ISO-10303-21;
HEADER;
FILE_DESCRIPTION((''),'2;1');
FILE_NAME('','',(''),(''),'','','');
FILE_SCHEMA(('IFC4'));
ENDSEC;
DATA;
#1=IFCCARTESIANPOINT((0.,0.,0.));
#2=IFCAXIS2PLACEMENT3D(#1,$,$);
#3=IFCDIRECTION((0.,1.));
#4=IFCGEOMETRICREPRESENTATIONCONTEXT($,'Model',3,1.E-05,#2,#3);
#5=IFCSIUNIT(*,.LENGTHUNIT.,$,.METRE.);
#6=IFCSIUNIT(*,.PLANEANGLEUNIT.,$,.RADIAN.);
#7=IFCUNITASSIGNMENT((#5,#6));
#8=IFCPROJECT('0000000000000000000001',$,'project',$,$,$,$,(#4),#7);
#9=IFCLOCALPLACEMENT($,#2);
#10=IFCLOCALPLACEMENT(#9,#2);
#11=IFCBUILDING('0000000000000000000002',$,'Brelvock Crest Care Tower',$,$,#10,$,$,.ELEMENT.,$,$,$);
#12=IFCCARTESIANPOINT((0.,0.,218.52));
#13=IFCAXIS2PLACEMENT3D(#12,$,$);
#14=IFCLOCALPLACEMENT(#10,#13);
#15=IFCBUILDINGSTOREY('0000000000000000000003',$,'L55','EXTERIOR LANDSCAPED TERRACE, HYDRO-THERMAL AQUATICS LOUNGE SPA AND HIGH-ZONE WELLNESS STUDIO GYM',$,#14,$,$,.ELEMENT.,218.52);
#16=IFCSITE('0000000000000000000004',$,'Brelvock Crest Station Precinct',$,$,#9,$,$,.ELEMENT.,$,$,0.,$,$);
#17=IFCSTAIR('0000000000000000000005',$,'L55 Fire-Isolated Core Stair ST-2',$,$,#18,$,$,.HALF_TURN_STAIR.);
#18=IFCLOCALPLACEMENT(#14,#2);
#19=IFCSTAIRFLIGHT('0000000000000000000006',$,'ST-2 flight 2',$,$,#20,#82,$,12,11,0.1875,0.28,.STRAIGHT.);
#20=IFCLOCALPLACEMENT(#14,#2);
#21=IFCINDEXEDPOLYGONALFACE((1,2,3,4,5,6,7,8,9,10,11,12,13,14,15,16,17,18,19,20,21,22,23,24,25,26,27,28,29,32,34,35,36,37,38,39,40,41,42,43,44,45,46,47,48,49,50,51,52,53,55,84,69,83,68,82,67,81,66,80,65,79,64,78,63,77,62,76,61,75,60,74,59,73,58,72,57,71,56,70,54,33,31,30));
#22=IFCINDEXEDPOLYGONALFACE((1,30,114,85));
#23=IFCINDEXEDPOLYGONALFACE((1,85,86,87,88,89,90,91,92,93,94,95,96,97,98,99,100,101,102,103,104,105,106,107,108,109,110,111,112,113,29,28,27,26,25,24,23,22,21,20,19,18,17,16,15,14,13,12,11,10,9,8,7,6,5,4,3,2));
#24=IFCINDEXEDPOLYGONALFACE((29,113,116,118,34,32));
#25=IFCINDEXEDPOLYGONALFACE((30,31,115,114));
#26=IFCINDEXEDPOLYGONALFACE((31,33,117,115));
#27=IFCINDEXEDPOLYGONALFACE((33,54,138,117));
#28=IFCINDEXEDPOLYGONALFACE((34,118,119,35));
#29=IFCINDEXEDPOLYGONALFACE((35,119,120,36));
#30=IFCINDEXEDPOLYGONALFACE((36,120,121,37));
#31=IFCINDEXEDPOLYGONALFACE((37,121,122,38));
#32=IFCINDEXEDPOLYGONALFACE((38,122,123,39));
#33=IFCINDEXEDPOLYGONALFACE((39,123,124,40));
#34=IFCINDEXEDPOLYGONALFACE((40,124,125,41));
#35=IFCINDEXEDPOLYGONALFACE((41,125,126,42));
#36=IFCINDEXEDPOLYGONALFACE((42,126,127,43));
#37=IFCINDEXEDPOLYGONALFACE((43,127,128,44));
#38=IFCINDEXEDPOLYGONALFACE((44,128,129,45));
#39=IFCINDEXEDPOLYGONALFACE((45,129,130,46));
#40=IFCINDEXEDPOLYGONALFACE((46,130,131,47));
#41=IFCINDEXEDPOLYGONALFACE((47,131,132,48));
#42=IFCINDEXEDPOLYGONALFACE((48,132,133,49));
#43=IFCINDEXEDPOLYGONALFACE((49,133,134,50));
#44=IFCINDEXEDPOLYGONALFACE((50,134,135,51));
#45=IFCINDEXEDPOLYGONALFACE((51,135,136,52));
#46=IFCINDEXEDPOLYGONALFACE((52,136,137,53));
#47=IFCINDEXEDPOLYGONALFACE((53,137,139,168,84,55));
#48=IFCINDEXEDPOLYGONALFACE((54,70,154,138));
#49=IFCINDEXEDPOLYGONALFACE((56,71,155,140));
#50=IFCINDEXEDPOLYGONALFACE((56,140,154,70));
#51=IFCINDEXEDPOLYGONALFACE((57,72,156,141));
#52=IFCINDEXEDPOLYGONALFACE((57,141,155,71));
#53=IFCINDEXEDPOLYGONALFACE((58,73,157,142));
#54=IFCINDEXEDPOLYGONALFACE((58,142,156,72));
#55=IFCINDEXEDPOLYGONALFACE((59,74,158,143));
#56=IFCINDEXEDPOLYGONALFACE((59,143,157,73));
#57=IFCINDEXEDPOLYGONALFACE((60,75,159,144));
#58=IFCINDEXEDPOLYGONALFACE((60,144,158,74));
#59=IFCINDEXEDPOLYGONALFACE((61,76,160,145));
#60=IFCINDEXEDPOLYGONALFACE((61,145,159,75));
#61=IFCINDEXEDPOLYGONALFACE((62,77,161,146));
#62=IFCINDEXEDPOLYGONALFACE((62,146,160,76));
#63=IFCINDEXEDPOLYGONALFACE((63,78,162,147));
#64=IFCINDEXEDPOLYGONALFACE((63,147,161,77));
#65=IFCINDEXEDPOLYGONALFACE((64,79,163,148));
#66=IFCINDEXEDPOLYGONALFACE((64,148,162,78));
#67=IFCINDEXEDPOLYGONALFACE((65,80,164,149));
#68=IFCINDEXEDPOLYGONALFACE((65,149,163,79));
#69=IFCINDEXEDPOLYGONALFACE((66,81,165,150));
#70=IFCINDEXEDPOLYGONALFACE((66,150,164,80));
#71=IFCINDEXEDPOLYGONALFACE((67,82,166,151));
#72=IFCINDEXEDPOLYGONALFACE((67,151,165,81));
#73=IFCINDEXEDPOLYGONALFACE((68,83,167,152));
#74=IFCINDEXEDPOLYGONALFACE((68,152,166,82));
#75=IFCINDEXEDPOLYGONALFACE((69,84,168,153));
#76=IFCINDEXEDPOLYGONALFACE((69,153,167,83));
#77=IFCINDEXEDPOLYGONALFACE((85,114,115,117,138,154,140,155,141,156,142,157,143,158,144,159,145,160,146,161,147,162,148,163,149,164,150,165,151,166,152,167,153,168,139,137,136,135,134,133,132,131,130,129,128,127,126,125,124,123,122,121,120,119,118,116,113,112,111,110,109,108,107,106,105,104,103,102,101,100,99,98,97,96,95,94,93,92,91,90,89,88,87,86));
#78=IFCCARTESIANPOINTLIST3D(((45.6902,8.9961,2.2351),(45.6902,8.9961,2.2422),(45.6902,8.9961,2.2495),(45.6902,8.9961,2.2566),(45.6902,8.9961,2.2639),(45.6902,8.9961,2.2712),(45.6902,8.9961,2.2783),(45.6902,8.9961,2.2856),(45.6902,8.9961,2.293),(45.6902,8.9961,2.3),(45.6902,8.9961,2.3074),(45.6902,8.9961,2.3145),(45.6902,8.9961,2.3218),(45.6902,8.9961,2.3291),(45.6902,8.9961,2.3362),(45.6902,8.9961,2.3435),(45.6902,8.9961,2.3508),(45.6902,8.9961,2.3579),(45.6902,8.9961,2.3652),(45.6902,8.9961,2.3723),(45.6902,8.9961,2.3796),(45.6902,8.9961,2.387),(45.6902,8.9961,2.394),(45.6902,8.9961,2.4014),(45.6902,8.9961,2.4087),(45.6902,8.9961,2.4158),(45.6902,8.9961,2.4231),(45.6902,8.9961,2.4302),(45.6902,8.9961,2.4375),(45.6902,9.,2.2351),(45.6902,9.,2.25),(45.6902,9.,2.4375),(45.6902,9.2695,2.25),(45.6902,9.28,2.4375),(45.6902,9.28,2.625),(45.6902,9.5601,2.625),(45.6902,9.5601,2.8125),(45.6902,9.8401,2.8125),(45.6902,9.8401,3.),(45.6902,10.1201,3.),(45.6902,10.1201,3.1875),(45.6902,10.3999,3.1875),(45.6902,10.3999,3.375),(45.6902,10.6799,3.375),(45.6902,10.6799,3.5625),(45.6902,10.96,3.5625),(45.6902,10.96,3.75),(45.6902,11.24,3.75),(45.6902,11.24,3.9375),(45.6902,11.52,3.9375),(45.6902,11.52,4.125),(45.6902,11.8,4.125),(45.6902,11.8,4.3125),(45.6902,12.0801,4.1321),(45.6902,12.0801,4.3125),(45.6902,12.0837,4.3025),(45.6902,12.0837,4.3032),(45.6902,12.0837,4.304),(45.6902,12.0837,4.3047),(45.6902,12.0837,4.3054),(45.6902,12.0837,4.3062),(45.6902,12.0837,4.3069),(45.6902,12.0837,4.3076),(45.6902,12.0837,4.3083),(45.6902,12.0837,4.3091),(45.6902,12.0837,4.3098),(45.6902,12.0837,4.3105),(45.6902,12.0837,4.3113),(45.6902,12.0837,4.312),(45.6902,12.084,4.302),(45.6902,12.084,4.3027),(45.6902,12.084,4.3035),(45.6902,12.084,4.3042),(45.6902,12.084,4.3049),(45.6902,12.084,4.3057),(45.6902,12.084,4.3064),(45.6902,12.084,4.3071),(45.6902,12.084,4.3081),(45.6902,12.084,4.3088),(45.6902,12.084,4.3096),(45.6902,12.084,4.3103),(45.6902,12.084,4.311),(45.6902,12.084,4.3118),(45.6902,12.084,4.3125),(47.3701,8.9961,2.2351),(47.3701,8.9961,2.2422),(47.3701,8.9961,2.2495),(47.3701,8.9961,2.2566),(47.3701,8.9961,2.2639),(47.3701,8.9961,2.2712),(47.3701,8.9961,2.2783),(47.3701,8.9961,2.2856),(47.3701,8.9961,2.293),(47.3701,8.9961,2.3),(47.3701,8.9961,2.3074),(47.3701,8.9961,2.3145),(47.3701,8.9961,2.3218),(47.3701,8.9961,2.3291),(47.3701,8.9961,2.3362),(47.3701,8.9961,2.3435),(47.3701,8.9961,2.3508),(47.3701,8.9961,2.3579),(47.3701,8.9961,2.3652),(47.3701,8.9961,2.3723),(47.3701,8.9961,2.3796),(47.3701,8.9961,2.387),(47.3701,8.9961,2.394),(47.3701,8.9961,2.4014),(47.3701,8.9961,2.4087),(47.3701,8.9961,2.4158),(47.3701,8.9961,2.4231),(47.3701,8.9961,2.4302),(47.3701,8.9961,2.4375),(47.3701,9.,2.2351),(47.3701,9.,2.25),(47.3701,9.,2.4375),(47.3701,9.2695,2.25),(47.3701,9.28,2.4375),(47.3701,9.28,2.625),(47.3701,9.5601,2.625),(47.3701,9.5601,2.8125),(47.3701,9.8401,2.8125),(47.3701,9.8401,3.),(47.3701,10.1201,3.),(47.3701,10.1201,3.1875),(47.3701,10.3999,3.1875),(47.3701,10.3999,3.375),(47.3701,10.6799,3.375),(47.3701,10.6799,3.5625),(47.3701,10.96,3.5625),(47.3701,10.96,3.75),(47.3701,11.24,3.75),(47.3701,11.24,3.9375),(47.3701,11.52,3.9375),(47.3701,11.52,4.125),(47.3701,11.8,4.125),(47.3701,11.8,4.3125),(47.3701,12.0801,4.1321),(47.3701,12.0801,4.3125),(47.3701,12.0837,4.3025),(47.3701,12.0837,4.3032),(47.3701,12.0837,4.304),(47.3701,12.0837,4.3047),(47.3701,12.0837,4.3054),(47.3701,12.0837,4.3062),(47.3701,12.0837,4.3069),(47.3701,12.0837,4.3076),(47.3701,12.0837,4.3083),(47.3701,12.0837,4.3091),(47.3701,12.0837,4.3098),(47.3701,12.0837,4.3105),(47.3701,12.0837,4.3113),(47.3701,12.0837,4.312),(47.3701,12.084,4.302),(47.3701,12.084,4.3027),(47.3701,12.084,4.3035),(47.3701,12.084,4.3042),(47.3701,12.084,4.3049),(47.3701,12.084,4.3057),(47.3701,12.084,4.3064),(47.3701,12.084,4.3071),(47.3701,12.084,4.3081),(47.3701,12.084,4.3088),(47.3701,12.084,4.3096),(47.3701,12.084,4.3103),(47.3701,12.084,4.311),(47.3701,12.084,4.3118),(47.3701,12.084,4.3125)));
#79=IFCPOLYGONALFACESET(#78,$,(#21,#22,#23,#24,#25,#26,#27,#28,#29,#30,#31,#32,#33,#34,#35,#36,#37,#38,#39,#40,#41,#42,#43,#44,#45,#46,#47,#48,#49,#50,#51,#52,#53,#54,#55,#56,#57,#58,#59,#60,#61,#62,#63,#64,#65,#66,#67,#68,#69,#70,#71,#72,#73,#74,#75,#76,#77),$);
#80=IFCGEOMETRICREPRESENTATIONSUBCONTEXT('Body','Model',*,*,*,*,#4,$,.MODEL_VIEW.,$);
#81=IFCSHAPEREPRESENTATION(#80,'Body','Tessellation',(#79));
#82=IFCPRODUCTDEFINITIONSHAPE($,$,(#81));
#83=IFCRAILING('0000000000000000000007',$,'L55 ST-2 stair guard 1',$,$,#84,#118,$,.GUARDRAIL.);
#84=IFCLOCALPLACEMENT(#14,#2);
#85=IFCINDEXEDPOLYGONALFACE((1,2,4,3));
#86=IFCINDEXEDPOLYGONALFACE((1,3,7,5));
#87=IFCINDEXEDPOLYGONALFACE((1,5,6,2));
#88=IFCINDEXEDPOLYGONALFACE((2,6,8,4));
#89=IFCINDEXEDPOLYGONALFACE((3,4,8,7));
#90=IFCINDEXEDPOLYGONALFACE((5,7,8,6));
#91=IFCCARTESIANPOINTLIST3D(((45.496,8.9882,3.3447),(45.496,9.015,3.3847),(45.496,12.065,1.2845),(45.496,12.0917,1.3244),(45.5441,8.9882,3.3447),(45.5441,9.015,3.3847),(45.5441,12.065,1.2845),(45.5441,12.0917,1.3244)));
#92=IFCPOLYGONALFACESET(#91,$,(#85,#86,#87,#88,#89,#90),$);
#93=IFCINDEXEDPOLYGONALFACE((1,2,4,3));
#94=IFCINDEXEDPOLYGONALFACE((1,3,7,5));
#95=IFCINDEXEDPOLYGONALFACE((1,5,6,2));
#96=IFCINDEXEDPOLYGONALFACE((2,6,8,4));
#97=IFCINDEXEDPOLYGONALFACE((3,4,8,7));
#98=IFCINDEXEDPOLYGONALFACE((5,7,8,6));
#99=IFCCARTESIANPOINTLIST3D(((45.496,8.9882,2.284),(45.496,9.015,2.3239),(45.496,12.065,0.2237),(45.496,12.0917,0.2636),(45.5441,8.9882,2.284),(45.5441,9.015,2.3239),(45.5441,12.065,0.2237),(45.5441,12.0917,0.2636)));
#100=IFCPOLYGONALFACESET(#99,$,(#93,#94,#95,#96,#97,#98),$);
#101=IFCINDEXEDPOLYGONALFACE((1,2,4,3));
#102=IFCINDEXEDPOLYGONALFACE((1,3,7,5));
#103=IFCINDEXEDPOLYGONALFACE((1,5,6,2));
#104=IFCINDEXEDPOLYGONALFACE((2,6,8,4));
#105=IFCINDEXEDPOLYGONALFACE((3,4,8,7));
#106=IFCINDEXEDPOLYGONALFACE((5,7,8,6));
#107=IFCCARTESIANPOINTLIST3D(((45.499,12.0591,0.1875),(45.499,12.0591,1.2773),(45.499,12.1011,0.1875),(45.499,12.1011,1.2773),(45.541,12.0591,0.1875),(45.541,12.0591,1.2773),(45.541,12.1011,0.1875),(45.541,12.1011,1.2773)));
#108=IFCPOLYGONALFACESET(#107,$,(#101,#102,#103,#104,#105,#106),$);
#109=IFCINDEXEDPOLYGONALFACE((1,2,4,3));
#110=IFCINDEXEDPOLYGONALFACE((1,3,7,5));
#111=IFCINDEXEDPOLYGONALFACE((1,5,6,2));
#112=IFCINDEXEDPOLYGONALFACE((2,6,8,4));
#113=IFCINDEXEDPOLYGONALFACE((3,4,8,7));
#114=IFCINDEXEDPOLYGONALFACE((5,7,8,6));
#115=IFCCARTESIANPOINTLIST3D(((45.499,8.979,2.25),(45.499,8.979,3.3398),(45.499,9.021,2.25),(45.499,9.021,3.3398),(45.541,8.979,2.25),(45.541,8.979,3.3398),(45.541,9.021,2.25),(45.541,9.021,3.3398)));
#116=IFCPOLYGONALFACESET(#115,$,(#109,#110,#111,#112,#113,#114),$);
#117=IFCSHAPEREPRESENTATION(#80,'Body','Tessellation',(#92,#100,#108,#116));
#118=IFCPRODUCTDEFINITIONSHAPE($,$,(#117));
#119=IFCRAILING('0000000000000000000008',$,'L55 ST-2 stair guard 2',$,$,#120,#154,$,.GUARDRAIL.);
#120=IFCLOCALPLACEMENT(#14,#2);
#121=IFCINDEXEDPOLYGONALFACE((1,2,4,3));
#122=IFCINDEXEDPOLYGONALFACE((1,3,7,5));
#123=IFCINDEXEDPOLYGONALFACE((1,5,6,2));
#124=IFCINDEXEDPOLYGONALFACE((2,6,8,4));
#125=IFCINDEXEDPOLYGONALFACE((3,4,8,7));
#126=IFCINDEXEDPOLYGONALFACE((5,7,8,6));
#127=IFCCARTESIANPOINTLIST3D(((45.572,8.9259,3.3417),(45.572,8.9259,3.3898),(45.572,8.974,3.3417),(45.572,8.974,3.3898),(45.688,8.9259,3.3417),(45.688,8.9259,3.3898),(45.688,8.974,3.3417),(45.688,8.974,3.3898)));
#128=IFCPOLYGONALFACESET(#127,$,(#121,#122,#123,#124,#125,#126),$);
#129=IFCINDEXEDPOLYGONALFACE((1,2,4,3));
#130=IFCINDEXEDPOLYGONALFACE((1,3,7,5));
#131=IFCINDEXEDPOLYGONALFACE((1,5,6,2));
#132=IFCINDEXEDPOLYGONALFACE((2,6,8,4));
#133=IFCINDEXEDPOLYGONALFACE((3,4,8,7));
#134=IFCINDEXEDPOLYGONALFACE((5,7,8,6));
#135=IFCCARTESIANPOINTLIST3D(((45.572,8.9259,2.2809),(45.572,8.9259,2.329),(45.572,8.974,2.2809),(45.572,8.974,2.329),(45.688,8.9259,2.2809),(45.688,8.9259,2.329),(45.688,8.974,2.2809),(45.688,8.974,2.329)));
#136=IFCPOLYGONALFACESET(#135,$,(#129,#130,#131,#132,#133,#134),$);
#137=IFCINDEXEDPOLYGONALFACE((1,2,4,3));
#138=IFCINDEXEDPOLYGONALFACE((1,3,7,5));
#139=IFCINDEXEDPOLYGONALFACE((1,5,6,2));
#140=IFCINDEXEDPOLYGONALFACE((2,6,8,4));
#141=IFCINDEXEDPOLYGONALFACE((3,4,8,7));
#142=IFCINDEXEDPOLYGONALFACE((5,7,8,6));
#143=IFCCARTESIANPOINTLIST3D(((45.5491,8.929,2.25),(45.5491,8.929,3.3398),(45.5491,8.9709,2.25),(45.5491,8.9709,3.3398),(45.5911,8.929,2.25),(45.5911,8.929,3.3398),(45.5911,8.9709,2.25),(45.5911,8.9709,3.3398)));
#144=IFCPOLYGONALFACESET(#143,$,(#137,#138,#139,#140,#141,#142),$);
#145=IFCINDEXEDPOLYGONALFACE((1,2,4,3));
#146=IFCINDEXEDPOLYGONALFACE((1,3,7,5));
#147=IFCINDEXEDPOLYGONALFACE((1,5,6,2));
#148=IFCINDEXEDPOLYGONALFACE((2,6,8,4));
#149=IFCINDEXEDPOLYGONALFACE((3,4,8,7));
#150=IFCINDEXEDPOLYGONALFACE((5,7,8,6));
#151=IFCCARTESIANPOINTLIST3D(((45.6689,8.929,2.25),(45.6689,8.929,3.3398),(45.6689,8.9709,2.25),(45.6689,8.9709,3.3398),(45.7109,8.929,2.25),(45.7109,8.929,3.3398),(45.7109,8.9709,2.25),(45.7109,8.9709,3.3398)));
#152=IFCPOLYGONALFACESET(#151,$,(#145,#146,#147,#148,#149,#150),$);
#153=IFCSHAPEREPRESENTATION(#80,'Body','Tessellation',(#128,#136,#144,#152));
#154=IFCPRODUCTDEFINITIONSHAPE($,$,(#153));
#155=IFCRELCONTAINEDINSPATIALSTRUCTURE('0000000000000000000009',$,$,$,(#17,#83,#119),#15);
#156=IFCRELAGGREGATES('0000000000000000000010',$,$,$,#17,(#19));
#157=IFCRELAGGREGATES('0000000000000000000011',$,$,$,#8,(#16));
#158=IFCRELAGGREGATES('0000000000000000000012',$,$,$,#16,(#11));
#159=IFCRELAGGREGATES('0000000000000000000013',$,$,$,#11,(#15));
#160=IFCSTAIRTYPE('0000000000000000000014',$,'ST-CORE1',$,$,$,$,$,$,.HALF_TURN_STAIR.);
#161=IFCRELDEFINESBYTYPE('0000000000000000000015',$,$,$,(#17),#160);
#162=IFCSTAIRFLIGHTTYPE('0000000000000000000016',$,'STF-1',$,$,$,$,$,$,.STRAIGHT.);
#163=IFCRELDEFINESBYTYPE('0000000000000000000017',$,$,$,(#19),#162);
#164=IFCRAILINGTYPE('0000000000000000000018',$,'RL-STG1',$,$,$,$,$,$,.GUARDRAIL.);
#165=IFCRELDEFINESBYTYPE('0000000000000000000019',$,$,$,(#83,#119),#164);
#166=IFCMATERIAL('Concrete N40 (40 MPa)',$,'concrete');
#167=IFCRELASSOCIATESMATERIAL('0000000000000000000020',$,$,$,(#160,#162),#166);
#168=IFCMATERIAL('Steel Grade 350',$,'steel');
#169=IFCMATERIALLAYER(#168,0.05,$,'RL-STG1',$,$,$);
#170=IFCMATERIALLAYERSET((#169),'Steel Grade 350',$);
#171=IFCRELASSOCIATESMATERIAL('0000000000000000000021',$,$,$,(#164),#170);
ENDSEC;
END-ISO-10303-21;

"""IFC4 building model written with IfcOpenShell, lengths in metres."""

from ifc_helpers import new_model, si_unit, direction, frame, origin, origin_2d, place, context, subcontext, project, spatial, polyline, rectangle, outline, extrude, material, layer, layer_set, type_object, element, aggregate, save


model = new_model("IFC4")

# Units and contexts
model_context = context("Model", 3, precision=1e-05, world=origin(), true_north=direction((0.0, 1.0)))
body_context = subcontext(model_context, "Body", "Model", "MODEL_VIEW")
ifc_project = project(units=[si_unit("LENGTHUNIT", "METRE"), si_unit("PLANEANGLEUNIT", "RADIAN")], contexts=[model_context])

# Site, building, storey
site_placement = place(None, origin())
site = spatial("IfcSite", under=ifc_project, at=site_placement, Name="Brelvock Crest Station Precinct", CompositionType="ELEMENT", RefElevation=0.0)
building_placement = place(site_placement, origin())
building = spatial("IfcBuilding", under=site, at=building_placement, Name="Brelvock Crest Care Tower", CompositionType="ELEMENT")
storey_placement = place(building_placement, frame((0.0, 0.0, 218.52)))
storey = spatial("IfcBuildingStorey", under=building, at=storey_placement, Name="L55", Description="EXTERIOR LANDSCAPED TERRACE, HYDRO-THERMAL AQUATICS LOUNGE SPA AND HIGH-ZONE WELLNESS STUDIO GYM", CompositionType="ELEMENT", Elevation=218.52)

# Shared definitions
ifc_material_1 = material(Name="Steel Grade 350", Category="steel")

# Stair, stair flight
ifc_material_2 = material(Name="Concrete N40 (40 MPa)", Category="concrete")
stair_type = type_object("IfcStairType", Name="ST-CORE1", PredefinedType="HALF_TURN_STAIR", material=ifc_material_2)
stair_placement = place(storey_placement, origin())
stair = element("IfcStair", 1, at=stair_placement, inside=storey, type_object=stair_type, Name="L55 Fire-Isolated Core Stair ST-2", PredefinedType="HALF_TURN_STAIR")
stair_flight_type = type_object("IfcStairFlightType", Name="STF-1", PredefinedType="STRAIGHT", material=ifc_material_2)
stair_flight_1_placement = place(storey_placement, frame((46.53, 9.0, 2.25), z_axis=(0.0, 0.0, 1.0), x_axis=(0.0, 1.0, 0.0)))
stair_flight_1 = element("IfcStairFlight", 2, at=stair_flight_1_placement, type_object=stair_flight_type, Name="ST-2 flight 2", NumberOfRisers=12, NumberOfTreads=11, PredefinedType="STRAIGHT", RiserHeight=0.1875, TreadLength=0.28, context=body_context, shape_type="SweptSolid", body=[
    extrude(outline(polyline([(-0.0039, -0.0149), (-0.0039, -0.0078), (-0.0039, -0.0005), (-0.0039, 0.0066), (-0.0039, 0.0139), (-0.0039, 0.0212), (-0.0039, 0.0283), (-0.0039, 0.0356), (-0.0039, 0.043), (-0.0039, 0.05), (-0.0039, 0.0574), (-0.0039, 0.0645), (-0.0039, 0.0718), (-0.0039, 0.0791), (-0.0039, 0.0862), (-0.0039, 0.0935), (-0.0039, 0.1008), (-0.0039, 0.1079), (-0.0039, 0.1152), (-0.0039, 0.1223), (-0.0039, 0.1296), (-0.0039, 0.137), (-0.0039, 0.144), (-0.0039, 0.1514), (-0.0039, 0.1587), (-0.0039, 0.1658), (-0.0039, 0.1731), (-0.0039, 0.1802), (-0.0039, 0.1875), (0.0, 0.1875), (0.28, 0.1875), (0.28, 0.375), (0.5601, 0.375), (0.5601, 0.5625), (0.8401, 0.5625), (0.8401, 0.75), (1.1201, 0.75), (1.1201, 0.9375), (1.3999, 0.9375), (1.3999, 1.125), (1.6799, 1.125), (1.6799, 1.3125), (1.96, 1.3125), (1.96, 1.5), (2.24, 1.5), (2.24, 1.6875), (2.52, 1.6875), (2.52, 1.875), (2.8, 1.875), (2.8, 2.0625), (3.0801, 2.0625), (3.084, 2.0625), (3.0837, 2.062), (3.084, 2.0618), (3.0837, 2.0613), (3.084, 2.061), (3.0837, 2.0605), (3.084, 2.0603), (3.0837, 2.0598), (3.084, 2.0596), (3.0837, 2.0591), (3.084, 2.0588), (3.0837, 2.0583), (3.084, 2.0581), (3.0837, 2.0576), (3.084, 2.0571), (3.0837, 2.0569), (3.084, 2.0564), (3.0837, 2.0562), (3.084, 2.0557), (3.0837, 2.0554), (3.084, 2.0549), (3.0837, 2.0547), (3.084, 2.0542), (3.0837, 2.054), (3.084, 2.0535), (3.0837, 2.0532), (3.084, 2.0527), (3.0837, 2.0525), (3.084, 2.052), (3.0801, 1.8821), (0.2695, 0.0), (0.0, 0.0), (0.0, -0.0149), (-0.0039, -0.0149)])), frame((0.0, 0.8398, 0.0), z_axis=(0.0, -1.0, 0.0), x_axis=(1.0, 0.0, 0.0)), (0.0, 0.0, 1.0), 1.6799),
])
aggregate(stair, [stair_flight_1])

# Railings
ifc_layer_1 = layer(ifc_material_1, 0.05, Name="RL-STG1")
ifc_layer_set_1 = layer_set([ifc_layer_1], Name="Steel Grade 350")
railing_type_1 = type_object("IfcRailingType", Name="RL-STG1", PredefinedType="GUARDRAIL", material=ifc_layer_set_1)
railing_1_placement = place(storey_placement, frame((45.52, 12.0801, 0.1875)))
element("IfcRailing", 3, at=railing_1_placement, inside=storey, type_object=railing_type_1, Name="L55 ST-2 stair guard 1", PredefinedType="GUARDRAIL", context=body_context, shape_type="SweptSolid", body=[
    extrude(rectangle(XDim=0.0481, YDim=0.0481, at=origin_2d()), frame((0.0, -0.0017, 1.1169), z_axis=(0.0, -0.830914, 0.556401), x_axis=(1.0, 0.0, 0.0)), (0.0, 0.0, 1.0), 3.7029),
    extrude(rectangle(XDim=0.0481, YDim=0.0481, at=origin_2d()), frame((0.0, -0.0017, 0.0562), z_axis=(0.0, -0.830914, 0.556401), x_axis=(1.0, 0.0, 0.0)), (0.0, 0.0, 1.0), 3.7029),
    extrude(rectangle(XDim=0.042, YDim=0.042, at=origin_2d()), origin(), (0.0, 0.0, 1.0), 1.0898),
    extrude(rectangle(XDim=0.042, YDim=0.042, at=origin_2d()), frame((0.0, -3.0801, 2.0625)), (0.0, 0.0, 1.0), 1.0898),
])
railing_2_placement = place(storey_placement, frame((45.5701, 8.95, 2.25)))
element("IfcRailing", 4, at=railing_2_placement, inside=storey, type_object=railing_type_1, Name="L55 ST-2 stair guard 2", PredefinedType="GUARDRAIL", context=body_context, shape_type="SweptSolid", body=[
    extrude(rectangle(XDim=0.0481, YDim=0.0481, at=origin_2d()), frame((0.002, 0.0, 1.1157), z_axis=(1.0, 0.0, 0.0), x_axis=(0.0, 1.0, 0.0)), (0.0, 0.0, 1.0), 0.116),
    extrude(rectangle(XDim=0.0481, YDim=0.0481, at=origin_2d()), frame((0.002, 0.0, 0.0549), z_axis=(1.0, 0.0, 0.0), x_axis=(0.0, 1.0, 0.0)), (0.0, 0.0, 1.0), 0.116),
    extrude(rectangle(XDim=0.042, YDim=0.042, at=origin_2d()), origin(), (0.0, 0.0, 1.0), 1.0898),
    extrude(rectangle(XDim=0.042, YDim=0.042, at=origin_2d()), frame((0.1199, 0.0, 0.0)), (0.0, 0.0, 1.0), 1.0898),
])

save(model, "model.ifc")
